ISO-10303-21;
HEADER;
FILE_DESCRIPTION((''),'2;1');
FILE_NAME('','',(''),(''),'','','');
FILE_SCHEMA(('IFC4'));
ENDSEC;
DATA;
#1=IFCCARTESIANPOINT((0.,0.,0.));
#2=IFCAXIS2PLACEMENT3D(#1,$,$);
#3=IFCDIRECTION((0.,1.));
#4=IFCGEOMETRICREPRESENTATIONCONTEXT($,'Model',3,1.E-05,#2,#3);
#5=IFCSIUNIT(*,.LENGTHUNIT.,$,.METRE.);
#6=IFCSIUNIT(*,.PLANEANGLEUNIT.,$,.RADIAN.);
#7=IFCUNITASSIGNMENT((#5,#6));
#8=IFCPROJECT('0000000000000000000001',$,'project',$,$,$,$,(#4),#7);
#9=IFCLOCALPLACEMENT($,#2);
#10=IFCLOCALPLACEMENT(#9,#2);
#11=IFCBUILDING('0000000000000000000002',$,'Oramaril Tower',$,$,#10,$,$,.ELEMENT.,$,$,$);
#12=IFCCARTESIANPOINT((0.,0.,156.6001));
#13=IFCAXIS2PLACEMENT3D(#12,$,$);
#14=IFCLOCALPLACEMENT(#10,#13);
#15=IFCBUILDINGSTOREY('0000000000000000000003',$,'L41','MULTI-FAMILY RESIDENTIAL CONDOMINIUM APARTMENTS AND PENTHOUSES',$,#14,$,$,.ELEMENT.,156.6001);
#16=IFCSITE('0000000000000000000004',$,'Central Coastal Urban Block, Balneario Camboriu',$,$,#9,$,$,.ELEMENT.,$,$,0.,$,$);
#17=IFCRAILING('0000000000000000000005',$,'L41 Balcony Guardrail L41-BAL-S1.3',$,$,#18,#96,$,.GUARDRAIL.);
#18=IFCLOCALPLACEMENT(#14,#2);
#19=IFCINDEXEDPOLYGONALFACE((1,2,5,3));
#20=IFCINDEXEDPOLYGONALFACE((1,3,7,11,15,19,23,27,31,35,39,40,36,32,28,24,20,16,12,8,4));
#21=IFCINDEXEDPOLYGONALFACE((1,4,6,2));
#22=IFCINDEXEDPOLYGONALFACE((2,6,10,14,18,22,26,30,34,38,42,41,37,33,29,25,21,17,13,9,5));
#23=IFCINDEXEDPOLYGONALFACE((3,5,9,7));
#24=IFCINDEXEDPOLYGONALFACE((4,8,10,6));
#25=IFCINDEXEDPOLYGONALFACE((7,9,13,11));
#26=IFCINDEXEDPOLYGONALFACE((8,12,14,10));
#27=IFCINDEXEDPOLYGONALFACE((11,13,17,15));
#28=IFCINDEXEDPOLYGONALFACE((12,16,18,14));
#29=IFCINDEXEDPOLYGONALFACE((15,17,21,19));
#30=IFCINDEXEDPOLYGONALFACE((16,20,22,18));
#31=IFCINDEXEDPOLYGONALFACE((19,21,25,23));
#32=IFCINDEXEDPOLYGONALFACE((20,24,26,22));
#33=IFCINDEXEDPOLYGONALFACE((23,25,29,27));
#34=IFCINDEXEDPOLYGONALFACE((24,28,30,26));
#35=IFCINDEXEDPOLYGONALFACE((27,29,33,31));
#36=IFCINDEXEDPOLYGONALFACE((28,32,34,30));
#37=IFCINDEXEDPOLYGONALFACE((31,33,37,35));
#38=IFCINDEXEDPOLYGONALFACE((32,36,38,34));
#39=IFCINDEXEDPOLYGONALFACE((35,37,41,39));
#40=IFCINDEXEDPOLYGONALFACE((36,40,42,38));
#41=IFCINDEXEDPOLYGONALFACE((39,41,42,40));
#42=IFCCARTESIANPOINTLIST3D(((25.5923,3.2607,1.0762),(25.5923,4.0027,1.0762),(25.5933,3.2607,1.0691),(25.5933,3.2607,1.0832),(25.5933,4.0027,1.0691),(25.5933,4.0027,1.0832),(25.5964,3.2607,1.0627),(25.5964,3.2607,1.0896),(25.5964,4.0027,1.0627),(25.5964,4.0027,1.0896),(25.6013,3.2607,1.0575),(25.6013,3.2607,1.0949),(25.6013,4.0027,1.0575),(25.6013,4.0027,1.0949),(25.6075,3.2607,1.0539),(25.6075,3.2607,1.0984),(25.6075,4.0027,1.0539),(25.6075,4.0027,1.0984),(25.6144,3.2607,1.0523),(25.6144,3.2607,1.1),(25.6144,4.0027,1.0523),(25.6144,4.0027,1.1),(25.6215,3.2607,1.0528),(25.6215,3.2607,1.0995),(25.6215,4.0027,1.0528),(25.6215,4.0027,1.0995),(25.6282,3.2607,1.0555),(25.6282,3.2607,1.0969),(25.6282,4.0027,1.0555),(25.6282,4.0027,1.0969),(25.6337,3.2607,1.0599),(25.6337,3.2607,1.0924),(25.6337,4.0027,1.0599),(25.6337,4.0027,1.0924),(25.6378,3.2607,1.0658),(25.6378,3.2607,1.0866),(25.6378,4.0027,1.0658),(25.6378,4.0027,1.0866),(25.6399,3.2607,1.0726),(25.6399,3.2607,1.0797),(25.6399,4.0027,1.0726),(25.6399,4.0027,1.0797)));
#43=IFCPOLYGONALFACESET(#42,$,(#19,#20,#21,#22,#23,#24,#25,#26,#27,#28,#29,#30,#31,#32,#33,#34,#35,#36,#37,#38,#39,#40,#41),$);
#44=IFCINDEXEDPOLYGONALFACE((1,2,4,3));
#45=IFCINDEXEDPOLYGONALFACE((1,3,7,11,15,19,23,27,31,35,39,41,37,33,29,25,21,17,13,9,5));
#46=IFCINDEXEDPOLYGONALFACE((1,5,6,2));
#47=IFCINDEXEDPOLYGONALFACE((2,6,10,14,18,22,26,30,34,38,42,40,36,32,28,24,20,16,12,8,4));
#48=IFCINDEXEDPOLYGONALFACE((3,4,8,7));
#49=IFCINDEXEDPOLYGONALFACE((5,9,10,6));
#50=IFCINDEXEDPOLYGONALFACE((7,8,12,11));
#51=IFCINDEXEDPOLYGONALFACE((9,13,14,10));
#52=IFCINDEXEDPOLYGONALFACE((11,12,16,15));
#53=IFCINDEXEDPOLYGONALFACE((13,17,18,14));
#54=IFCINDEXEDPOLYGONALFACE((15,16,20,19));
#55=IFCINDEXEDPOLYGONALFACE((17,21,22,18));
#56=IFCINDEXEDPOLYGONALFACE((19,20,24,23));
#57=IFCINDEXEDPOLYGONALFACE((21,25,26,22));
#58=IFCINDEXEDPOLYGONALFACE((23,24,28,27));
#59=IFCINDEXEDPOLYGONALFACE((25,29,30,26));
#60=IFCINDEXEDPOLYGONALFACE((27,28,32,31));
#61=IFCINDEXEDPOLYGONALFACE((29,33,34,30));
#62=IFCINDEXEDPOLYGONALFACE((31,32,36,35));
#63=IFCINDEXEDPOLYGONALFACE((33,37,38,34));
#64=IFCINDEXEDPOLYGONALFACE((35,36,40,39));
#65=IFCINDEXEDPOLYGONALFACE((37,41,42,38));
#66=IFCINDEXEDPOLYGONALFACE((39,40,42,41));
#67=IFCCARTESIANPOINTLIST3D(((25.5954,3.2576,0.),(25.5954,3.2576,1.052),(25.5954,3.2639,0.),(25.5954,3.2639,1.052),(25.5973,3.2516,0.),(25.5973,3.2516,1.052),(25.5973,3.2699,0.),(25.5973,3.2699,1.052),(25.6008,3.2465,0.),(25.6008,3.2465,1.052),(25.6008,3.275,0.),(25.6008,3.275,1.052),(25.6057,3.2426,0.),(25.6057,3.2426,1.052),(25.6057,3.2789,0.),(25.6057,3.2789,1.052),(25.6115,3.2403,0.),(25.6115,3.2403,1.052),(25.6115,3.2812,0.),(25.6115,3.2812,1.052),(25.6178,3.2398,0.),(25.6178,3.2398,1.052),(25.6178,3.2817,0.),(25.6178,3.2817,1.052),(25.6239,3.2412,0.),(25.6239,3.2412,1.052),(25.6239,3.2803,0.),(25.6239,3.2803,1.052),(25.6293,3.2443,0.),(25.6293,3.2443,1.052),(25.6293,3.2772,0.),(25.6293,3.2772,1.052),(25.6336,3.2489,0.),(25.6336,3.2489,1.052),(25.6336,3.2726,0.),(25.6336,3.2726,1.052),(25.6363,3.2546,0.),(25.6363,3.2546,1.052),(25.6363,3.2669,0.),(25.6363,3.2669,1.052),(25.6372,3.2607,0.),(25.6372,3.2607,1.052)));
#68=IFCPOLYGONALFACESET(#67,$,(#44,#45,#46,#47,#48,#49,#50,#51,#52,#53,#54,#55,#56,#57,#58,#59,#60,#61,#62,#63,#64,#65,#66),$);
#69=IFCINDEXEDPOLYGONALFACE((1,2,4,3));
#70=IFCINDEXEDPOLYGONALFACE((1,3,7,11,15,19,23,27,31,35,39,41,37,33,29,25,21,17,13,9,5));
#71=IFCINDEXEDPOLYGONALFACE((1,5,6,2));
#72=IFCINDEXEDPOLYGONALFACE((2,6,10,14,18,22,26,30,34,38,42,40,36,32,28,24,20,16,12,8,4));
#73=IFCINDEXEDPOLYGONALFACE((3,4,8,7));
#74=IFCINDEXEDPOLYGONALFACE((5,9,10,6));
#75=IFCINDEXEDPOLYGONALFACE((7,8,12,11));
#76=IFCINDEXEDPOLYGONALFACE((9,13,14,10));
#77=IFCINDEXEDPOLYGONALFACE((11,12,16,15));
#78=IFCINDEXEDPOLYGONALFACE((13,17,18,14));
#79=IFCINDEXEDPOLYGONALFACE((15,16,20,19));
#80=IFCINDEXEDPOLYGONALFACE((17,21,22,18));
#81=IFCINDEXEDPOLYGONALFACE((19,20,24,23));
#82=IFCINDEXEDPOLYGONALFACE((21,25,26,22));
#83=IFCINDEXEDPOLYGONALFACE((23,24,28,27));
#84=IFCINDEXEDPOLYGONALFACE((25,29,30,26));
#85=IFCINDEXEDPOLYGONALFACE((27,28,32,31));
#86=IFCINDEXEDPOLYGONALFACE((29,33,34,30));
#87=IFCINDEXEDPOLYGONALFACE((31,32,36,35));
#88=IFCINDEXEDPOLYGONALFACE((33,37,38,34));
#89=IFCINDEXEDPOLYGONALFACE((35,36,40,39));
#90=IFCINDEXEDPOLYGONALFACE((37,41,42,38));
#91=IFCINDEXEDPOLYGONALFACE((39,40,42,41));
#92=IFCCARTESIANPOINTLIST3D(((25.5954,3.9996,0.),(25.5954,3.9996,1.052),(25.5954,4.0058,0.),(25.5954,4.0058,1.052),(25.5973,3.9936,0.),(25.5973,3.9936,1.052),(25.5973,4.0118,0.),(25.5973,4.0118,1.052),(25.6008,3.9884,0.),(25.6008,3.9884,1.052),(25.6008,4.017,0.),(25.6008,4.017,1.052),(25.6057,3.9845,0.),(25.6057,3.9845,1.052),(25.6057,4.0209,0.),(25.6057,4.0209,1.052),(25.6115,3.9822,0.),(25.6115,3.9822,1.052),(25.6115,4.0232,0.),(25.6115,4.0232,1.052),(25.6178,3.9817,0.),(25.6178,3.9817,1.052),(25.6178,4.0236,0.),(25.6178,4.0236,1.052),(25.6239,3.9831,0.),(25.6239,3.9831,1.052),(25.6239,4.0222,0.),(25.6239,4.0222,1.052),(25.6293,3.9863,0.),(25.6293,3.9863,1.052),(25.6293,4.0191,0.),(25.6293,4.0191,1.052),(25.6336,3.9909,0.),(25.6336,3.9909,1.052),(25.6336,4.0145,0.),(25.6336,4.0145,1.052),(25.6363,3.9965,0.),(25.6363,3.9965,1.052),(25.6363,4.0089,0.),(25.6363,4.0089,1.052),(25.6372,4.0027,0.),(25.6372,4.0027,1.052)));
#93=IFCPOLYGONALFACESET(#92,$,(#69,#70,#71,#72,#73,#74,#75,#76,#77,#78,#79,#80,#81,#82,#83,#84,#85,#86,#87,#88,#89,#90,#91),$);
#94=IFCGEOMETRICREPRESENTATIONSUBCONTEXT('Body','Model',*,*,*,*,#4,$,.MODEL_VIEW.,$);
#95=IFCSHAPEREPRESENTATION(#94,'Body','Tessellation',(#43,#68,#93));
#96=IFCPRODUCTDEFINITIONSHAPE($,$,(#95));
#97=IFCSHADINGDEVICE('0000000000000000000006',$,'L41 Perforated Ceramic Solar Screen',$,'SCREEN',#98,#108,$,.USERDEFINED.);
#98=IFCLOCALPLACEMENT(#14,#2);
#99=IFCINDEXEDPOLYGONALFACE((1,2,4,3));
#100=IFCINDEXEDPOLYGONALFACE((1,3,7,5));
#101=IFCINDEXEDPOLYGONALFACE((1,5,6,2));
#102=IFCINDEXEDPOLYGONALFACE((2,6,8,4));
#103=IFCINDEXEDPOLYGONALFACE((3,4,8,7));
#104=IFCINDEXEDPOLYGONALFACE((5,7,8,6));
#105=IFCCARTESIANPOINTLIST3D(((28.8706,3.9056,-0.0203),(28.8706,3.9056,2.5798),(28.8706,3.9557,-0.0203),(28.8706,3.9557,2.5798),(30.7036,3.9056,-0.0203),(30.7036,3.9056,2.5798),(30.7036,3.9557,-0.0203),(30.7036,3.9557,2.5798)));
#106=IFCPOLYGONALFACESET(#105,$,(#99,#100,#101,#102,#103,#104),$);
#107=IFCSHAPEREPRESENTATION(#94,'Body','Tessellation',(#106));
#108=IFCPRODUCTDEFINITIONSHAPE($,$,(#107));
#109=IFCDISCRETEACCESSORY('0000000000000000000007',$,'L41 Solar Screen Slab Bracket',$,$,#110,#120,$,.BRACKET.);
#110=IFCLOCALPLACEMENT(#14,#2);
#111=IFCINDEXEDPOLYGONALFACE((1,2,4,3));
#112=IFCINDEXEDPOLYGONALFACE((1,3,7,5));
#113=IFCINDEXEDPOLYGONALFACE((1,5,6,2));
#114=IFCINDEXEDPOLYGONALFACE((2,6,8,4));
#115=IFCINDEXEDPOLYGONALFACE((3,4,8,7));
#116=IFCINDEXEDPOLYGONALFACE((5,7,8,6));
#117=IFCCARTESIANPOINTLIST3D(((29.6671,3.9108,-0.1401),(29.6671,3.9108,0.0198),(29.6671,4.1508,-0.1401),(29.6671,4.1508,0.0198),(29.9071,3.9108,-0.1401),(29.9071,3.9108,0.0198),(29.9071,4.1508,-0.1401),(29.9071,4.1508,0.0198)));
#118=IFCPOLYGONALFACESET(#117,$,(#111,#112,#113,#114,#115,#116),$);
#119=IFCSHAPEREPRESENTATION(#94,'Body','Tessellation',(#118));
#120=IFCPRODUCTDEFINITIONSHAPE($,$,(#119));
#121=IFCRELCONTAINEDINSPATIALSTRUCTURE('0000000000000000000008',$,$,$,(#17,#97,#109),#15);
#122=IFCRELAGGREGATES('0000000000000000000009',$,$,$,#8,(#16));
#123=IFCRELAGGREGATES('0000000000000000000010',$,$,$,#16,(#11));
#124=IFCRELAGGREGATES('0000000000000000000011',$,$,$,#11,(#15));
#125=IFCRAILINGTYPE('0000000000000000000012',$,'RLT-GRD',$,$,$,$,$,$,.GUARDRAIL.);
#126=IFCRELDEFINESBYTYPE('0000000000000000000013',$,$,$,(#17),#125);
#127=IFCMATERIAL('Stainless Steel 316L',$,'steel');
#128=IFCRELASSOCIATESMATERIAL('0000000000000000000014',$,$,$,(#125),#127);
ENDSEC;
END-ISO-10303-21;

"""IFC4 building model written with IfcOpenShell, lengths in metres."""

from ifc_helpers import new_model, si_unit, direction, frame, origin, origin_2d, place, context, subcontext, project, spatial, rectangle, circle, extrude, material, type_object, element, save


model = new_model("IFC4")

# Units and contexts
model_context = context("Model", 3, precision=1e-05, world=origin(), true_north=direction((0.0, 1.0)))
body_context = subcontext(model_context, "Body", "Model", "MODEL_VIEW")
ifc_project = project(units=[si_unit("LENGTHUNIT", "METRE"), si_unit("PLANEANGLEUNIT", "RADIAN")], contexts=[model_context])

# Site, building, storey
site_placement = place(None, origin())
site = spatial("IfcSite", under=ifc_project, at=site_placement, Name="Central Coastal Urban Block, Balneario Camboriu", CompositionType="ELEMENT", RefElevation=0.0)
building_placement = place(site_placement, origin())
building = spatial("IfcBuilding", under=site, at=building_placement, Name="Oramaril Tower", CompositionType="ELEMENT")
storey_placement = place(building_placement, frame((0.0, 0.0, 156.6001)))
storey = spatial("IfcBuildingStorey", under=building, at=storey_placement, Name="L41", Description="MULTI-FAMILY RESIDENTIAL CONDOMINIUM APARTMENTS AND PENTHOUSES", CompositionType="ELEMENT", Elevation=156.6001)

# Railing
ifc_material_1 = material(Name="Stainless Steel 316L", Category="steel")
railing_type = type_object("IfcRailingType", Name="RLT-GRD", PredefinedType="GUARDRAIL", material=ifc_material_1)
railing_1_placement = place(storey_placement, frame((25.6162, 3.2607, 0.0)))
element("IfcRailing", 1, at=railing_1_placement, inside=storey, type_object=railing_type, Name="L41 Balcony Guardrail L41-BAL-S1.3", PredefinedType="GUARDRAIL", context=body_context, shape_type="SweptSolid", body=[
    extrude(circle(Radius=0.0239, at=origin_2d()), frame((0.0, 0.0, 1.0762), z_axis=(0.0, 1.0, 0.0), x_axis=(-1.0, 0.0, 0.0)), (0.0, 0.0, 1.0), 0.7419),
    extrude(circle(Radius=0.021, at=origin_2d()), origin(), (0.0, 0.0, 1.0), 1.052),
    extrude(circle(Radius=0.021, at=origin_2d()), frame((0.0, 0.7419, 0.0)), (0.0, 0.0, 1.0), 1.052),
])

# Shading device
shading_device_placement = place(storey_placement, frame((29.7871, 3.9307, -0.0203), z_axis=(0.0, 0.0, 1.0), x_axis=(1.0, 0.0, 0.0)))
element("IfcShadingDevice", 2, at=shading_device_placement, inside=storey, Name="L41 Perforated Ceramic Solar Screen", ObjectType="SCREEN", PredefinedType="USERDEFINED", context=body_context, shape_type="SweptSolid", body=[
    extrude(rectangle(XDim=1.833, YDim=0.05, at=origin_2d()), origin(), (0.0, 0.0, 1.0), 2.6001),
])

# Discrete accessory
discrete_accessory_placement = place(storey_placement, frame((29.7871, 4.0308, -0.1401), z_axis=(0.0, 0.0, 1.0), x_axis=(1.0, 0.0, 0.0)))
element("IfcDiscreteAccessory", 3, at=discrete_accessory_placement, inside=storey, Name="L41 Solar Screen Slab Bracket", PredefinedType="BRACKET", context=body_context, shape_type="SweptSolid", body=[
    extrude(rectangle(XDim=0.24, YDim=0.24, at=origin_2d()), origin(), (0.0, 0.0, 1.0), 0.1599),
])

save(model, "model.ifc")
